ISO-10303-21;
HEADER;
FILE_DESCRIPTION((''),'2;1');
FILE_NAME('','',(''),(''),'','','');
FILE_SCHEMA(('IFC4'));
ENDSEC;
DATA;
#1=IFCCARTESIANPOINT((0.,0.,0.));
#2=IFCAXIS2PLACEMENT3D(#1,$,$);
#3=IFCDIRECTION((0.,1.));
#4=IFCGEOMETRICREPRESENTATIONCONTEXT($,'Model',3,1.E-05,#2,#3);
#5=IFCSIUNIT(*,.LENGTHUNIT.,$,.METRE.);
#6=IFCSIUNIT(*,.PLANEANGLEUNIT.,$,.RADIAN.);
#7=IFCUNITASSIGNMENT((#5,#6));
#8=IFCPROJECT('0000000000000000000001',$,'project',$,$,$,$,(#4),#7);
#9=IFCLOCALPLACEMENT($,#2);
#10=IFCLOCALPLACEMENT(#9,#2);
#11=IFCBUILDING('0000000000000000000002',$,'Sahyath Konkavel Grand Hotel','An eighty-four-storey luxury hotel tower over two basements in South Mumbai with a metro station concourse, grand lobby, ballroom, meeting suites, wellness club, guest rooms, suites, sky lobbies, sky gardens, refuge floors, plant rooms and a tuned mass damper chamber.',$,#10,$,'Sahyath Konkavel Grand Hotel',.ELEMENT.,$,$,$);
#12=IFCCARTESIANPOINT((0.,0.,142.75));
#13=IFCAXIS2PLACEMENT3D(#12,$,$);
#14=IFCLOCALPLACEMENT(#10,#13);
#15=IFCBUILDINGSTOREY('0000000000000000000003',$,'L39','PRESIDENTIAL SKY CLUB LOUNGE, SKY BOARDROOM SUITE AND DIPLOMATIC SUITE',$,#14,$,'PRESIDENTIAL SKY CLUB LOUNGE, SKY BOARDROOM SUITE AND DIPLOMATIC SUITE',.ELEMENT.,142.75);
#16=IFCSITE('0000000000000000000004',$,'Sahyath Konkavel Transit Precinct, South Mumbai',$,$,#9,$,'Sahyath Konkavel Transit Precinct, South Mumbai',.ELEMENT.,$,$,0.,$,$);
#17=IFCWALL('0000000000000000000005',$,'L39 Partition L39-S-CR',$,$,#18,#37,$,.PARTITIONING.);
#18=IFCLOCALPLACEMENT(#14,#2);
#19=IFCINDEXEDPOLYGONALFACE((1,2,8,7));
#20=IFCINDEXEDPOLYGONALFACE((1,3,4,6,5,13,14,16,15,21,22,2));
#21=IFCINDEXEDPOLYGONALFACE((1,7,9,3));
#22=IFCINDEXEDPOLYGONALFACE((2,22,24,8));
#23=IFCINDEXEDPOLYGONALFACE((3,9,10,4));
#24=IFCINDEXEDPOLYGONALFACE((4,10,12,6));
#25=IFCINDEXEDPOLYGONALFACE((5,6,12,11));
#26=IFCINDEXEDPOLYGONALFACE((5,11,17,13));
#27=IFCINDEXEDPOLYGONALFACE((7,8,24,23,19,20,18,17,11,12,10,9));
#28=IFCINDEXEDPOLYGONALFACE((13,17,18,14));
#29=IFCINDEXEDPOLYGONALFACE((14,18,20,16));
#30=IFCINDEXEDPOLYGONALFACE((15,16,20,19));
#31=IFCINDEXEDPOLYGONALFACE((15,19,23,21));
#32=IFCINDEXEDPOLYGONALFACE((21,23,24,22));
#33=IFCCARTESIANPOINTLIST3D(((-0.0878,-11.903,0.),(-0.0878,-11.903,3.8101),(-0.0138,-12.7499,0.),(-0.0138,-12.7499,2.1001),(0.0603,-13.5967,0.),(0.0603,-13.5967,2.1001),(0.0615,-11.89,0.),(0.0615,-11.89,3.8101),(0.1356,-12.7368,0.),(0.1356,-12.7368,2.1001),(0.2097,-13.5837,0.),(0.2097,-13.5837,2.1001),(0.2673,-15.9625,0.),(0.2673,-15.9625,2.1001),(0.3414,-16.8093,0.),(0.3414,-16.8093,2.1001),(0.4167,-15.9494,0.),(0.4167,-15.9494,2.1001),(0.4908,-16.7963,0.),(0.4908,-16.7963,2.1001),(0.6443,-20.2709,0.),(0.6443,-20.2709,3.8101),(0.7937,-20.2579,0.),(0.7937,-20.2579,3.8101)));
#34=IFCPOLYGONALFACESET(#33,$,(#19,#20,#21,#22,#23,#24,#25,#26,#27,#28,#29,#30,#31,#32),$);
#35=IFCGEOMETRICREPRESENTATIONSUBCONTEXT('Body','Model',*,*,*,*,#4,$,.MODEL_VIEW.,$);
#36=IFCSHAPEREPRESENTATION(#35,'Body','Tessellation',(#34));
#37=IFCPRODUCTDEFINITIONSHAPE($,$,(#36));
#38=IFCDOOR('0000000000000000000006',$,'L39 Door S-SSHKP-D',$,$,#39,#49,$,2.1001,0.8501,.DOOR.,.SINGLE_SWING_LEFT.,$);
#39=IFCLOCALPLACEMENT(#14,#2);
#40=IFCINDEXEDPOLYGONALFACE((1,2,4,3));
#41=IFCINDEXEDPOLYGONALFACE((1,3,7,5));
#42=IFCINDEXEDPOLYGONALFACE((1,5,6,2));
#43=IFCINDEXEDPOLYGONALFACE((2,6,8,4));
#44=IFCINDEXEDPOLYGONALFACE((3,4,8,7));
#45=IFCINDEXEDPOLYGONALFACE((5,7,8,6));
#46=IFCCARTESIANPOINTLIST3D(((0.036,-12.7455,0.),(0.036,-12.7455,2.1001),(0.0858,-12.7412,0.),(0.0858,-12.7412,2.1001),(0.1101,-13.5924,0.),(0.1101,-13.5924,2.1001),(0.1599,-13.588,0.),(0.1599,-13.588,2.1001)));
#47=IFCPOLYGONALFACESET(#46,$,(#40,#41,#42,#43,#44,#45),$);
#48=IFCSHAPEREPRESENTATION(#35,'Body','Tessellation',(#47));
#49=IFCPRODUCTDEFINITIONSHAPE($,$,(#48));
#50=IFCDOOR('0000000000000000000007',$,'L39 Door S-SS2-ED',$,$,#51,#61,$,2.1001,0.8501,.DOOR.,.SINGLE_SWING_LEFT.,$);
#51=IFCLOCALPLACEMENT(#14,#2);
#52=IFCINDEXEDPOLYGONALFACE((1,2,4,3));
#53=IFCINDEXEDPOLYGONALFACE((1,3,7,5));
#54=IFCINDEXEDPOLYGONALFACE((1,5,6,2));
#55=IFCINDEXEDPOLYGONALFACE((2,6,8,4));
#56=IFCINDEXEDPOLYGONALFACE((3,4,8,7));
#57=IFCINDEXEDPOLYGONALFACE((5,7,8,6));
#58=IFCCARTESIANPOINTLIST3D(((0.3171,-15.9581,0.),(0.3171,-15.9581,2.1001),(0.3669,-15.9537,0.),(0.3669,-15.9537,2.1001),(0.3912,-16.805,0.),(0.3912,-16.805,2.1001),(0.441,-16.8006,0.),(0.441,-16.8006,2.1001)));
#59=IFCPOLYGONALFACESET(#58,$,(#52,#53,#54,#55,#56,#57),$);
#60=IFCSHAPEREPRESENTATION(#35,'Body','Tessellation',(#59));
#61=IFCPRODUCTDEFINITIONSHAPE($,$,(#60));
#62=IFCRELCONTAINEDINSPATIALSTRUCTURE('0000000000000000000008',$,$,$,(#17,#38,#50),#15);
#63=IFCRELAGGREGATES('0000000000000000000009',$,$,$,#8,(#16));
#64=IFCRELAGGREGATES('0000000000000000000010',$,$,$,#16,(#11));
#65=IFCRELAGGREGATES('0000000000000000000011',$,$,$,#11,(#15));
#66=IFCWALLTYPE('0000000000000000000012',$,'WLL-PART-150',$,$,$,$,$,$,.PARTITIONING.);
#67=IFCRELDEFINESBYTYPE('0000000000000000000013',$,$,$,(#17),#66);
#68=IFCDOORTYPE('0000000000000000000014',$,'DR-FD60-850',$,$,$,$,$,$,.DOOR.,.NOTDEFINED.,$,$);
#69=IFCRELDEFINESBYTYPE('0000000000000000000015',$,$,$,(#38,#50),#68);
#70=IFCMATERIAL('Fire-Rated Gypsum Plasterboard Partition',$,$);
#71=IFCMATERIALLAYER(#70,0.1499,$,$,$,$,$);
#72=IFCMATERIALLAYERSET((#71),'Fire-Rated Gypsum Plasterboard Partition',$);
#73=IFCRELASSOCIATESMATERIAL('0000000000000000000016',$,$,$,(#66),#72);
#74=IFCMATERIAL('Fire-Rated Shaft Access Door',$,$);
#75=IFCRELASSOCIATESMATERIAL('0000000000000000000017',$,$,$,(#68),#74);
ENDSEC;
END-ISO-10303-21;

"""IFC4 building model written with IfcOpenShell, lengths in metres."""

from ifc_helpers import new_model, si_unit, direction, frame, frame_2d, origin, origin_2d, place, context, subcontext, project, spatial, rectangle, extrude, source, transform, mapped, material, layer, layer_set, type_object, element, fill, save


model = new_model("IFC4")

# Units and contexts
model_context = context("Model", 3, precision=1e-05, world=origin(), true_north=direction((0.0, 1.0)))
body_context = subcontext(model_context, "Body", "Model", "MODEL_VIEW")
ifc_project = project(units=[si_unit("LENGTHUNIT", "METRE"), si_unit("PLANEANGLEUNIT", "RADIAN")], contexts=[model_context])

# Site, building, storey
site_placement = place(None, origin())
site = spatial("IfcSite", under=ifc_project, at=site_placement, Name="Sahyath Konkavel Transit Precinct, South Mumbai", LongName="Sahyath Konkavel Transit Precinct, South Mumbai", CompositionType="ELEMENT", RefElevation=0.0)
building_placement = place(site_placement, origin())
building = spatial("IfcBuilding", under=site, at=building_placement, Name="Sahyath Konkavel Grand Hotel", Description="An eighty-four-storey luxury hotel tower over two basements in South Mumbai with a metro station concourse, grand lobby, ballroom, meeting suites, wellness club, guest rooms, suites, sky lobbies, sky gardens, refuge floors, plant rooms and a tuned mass damper chamber.", LongName="Sahyath Konkavel Grand Hotel", CompositionType="ELEMENT")
storey_placement = place(building_placement, frame((0.0, 0.0, 142.75)))
storey = spatial("IfcBuildingStorey", under=building, at=storey_placement, Name="L39", Description="PRESIDENTIAL SKY CLUB LOUNGE, SKY BOARDROOM SUITE AND DIPLOMATIC SUITE", LongName="PRESIDENTIAL SKY CLUB LOUNGE, SKY BOARDROOM SUITE AND DIPLOMATIC SUITE", CompositionType="ELEMENT", Elevation=142.75)

# Wall, openings, doors
ifc_material_1 = material(Name="Fire-Rated Gypsum Plasterboard Partition")
ifc_layer_1 = layer(ifc_material_1, 0.1499)
ifc_layer_set_1 = layer_set([ifc_layer_1], Name="Fire-Rated Gypsum Plasterboard Partition")
wall_type_1 = type_object("IfcWallType", Name="WLL-PART-150", PredefinedType="PARTITIONING", material=ifc_layer_set_1)
wall_1_placement = place(storey_placement, frame((-0.0132, -11.8965, 0.0), z_axis=(0.0, 0.0, 1.0), x_axis=(0.087165, -0.996194, 0.0)))
wall_1 = element("IfcWall", 1, at=wall_1_placement, inside=storey, type_object=wall_type_1, Name="L39 Partition L39-S-CR", PredefinedType="PARTITIONING", context=body_context, shape_type="SweptSolid", body=[
    extrude(rectangle(XDim=8.3999, YDim=0.1499, at=frame_2d((4.2, 0.0))), origin(), (0.0, 0.0, 1.0), 3.8101),
])
opening_1_placement = place(wall_1_placement, frame((0.8501, 0.0, 0.0)))
opening_1 = element("IfcOpeningElement", 2, at=opening_1_placement, cuts=wall_1, PredefinedType="OPENING", context=body_context, shape_type="SweptSolid", body=[
    extrude(rectangle(XDim=0.8501, YDim=2.1001, at=frame_2d((0.425, 1.05))), frame((0.0, 0.085, 0.0), z_axis=(0.0, -1.0, 0.0), x_axis=(1.0, 0.0, 0.0)), (0.0, 0.0, 1.0), 0.1699),
])
opening_2_placement = place(wall_1_placement, frame((4.075, 0.0, 0.0)))
opening_2 = element("IfcOpeningElement", 3, at=opening_2_placement, cuts=wall_1, PredefinedType="OPENING", context=body_context, shape_type="SweptSolid", body=[
    extrude(rectangle(XDim=0.8501, YDim=2.1001, at=frame_2d((0.425, 1.05))), frame((0.0, 0.085, 0.0), z_axis=(0.0, -1.0, 0.0), x_axis=(1.0, 0.0, 0.0)), (0.0, 0.0, 1.0), 0.1699),
])
ifc_material_2 = material(Name="Fire-Rated Shaft Access Door")
door_type_1 = type_object("IfcDoorType", Name="DR-FD60-850", OperationType="NOTDEFINED", PredefinedType="DOOR", material=ifc_material_2)
shared_shape_1 = source(origin(), body_context, "Body", "SweptSolid", [
    extrude(rectangle(XDim=0.8501, YDim=0.05, at=origin_2d()), origin(), (0.0, 0.0, 1.0), 2.1001),
])
door_1_placement = place(opening_1_placement, frame((0.425, 0.0, 0.0)))
door_1 = element("IfcDoor", 4, at=door_1_placement, inside=storey, type_object=door_type_1, Name="L39 Door S-SSHKP-D", OperationType="SINGLE_SWING_LEFT", OverallHeight=2.1001, OverallWidth=0.8501, PredefinedType="DOOR", context=body_context, shape_type="MappedRepresentation", body=[
    mapped(shared_shape_1, transform((0.0, 0.0, 0.0), scale=1.0)),
])
fill(opening_1, door_1)
door_2_placement = place(opening_2_placement, frame((0.425, 0.0, 0.0)))
door_2 = element("IfcDoor", 5, at=door_2_placement, inside=storey, type_object=door_type_1, Name="L39 Door S-SS2-ED", OperationType="SINGLE_SWING_LEFT", OverallHeight=2.1001, OverallWidth=0.8501, PredefinedType="DOOR", context=body_context, shape_type="MappedRepresentation", body=[
    mapped(shared_shape_1, transform((0.0, 0.0, 0.0), scale=1.0)),
])
fill(opening_2, door_2)

save(model, "model.ifc")
